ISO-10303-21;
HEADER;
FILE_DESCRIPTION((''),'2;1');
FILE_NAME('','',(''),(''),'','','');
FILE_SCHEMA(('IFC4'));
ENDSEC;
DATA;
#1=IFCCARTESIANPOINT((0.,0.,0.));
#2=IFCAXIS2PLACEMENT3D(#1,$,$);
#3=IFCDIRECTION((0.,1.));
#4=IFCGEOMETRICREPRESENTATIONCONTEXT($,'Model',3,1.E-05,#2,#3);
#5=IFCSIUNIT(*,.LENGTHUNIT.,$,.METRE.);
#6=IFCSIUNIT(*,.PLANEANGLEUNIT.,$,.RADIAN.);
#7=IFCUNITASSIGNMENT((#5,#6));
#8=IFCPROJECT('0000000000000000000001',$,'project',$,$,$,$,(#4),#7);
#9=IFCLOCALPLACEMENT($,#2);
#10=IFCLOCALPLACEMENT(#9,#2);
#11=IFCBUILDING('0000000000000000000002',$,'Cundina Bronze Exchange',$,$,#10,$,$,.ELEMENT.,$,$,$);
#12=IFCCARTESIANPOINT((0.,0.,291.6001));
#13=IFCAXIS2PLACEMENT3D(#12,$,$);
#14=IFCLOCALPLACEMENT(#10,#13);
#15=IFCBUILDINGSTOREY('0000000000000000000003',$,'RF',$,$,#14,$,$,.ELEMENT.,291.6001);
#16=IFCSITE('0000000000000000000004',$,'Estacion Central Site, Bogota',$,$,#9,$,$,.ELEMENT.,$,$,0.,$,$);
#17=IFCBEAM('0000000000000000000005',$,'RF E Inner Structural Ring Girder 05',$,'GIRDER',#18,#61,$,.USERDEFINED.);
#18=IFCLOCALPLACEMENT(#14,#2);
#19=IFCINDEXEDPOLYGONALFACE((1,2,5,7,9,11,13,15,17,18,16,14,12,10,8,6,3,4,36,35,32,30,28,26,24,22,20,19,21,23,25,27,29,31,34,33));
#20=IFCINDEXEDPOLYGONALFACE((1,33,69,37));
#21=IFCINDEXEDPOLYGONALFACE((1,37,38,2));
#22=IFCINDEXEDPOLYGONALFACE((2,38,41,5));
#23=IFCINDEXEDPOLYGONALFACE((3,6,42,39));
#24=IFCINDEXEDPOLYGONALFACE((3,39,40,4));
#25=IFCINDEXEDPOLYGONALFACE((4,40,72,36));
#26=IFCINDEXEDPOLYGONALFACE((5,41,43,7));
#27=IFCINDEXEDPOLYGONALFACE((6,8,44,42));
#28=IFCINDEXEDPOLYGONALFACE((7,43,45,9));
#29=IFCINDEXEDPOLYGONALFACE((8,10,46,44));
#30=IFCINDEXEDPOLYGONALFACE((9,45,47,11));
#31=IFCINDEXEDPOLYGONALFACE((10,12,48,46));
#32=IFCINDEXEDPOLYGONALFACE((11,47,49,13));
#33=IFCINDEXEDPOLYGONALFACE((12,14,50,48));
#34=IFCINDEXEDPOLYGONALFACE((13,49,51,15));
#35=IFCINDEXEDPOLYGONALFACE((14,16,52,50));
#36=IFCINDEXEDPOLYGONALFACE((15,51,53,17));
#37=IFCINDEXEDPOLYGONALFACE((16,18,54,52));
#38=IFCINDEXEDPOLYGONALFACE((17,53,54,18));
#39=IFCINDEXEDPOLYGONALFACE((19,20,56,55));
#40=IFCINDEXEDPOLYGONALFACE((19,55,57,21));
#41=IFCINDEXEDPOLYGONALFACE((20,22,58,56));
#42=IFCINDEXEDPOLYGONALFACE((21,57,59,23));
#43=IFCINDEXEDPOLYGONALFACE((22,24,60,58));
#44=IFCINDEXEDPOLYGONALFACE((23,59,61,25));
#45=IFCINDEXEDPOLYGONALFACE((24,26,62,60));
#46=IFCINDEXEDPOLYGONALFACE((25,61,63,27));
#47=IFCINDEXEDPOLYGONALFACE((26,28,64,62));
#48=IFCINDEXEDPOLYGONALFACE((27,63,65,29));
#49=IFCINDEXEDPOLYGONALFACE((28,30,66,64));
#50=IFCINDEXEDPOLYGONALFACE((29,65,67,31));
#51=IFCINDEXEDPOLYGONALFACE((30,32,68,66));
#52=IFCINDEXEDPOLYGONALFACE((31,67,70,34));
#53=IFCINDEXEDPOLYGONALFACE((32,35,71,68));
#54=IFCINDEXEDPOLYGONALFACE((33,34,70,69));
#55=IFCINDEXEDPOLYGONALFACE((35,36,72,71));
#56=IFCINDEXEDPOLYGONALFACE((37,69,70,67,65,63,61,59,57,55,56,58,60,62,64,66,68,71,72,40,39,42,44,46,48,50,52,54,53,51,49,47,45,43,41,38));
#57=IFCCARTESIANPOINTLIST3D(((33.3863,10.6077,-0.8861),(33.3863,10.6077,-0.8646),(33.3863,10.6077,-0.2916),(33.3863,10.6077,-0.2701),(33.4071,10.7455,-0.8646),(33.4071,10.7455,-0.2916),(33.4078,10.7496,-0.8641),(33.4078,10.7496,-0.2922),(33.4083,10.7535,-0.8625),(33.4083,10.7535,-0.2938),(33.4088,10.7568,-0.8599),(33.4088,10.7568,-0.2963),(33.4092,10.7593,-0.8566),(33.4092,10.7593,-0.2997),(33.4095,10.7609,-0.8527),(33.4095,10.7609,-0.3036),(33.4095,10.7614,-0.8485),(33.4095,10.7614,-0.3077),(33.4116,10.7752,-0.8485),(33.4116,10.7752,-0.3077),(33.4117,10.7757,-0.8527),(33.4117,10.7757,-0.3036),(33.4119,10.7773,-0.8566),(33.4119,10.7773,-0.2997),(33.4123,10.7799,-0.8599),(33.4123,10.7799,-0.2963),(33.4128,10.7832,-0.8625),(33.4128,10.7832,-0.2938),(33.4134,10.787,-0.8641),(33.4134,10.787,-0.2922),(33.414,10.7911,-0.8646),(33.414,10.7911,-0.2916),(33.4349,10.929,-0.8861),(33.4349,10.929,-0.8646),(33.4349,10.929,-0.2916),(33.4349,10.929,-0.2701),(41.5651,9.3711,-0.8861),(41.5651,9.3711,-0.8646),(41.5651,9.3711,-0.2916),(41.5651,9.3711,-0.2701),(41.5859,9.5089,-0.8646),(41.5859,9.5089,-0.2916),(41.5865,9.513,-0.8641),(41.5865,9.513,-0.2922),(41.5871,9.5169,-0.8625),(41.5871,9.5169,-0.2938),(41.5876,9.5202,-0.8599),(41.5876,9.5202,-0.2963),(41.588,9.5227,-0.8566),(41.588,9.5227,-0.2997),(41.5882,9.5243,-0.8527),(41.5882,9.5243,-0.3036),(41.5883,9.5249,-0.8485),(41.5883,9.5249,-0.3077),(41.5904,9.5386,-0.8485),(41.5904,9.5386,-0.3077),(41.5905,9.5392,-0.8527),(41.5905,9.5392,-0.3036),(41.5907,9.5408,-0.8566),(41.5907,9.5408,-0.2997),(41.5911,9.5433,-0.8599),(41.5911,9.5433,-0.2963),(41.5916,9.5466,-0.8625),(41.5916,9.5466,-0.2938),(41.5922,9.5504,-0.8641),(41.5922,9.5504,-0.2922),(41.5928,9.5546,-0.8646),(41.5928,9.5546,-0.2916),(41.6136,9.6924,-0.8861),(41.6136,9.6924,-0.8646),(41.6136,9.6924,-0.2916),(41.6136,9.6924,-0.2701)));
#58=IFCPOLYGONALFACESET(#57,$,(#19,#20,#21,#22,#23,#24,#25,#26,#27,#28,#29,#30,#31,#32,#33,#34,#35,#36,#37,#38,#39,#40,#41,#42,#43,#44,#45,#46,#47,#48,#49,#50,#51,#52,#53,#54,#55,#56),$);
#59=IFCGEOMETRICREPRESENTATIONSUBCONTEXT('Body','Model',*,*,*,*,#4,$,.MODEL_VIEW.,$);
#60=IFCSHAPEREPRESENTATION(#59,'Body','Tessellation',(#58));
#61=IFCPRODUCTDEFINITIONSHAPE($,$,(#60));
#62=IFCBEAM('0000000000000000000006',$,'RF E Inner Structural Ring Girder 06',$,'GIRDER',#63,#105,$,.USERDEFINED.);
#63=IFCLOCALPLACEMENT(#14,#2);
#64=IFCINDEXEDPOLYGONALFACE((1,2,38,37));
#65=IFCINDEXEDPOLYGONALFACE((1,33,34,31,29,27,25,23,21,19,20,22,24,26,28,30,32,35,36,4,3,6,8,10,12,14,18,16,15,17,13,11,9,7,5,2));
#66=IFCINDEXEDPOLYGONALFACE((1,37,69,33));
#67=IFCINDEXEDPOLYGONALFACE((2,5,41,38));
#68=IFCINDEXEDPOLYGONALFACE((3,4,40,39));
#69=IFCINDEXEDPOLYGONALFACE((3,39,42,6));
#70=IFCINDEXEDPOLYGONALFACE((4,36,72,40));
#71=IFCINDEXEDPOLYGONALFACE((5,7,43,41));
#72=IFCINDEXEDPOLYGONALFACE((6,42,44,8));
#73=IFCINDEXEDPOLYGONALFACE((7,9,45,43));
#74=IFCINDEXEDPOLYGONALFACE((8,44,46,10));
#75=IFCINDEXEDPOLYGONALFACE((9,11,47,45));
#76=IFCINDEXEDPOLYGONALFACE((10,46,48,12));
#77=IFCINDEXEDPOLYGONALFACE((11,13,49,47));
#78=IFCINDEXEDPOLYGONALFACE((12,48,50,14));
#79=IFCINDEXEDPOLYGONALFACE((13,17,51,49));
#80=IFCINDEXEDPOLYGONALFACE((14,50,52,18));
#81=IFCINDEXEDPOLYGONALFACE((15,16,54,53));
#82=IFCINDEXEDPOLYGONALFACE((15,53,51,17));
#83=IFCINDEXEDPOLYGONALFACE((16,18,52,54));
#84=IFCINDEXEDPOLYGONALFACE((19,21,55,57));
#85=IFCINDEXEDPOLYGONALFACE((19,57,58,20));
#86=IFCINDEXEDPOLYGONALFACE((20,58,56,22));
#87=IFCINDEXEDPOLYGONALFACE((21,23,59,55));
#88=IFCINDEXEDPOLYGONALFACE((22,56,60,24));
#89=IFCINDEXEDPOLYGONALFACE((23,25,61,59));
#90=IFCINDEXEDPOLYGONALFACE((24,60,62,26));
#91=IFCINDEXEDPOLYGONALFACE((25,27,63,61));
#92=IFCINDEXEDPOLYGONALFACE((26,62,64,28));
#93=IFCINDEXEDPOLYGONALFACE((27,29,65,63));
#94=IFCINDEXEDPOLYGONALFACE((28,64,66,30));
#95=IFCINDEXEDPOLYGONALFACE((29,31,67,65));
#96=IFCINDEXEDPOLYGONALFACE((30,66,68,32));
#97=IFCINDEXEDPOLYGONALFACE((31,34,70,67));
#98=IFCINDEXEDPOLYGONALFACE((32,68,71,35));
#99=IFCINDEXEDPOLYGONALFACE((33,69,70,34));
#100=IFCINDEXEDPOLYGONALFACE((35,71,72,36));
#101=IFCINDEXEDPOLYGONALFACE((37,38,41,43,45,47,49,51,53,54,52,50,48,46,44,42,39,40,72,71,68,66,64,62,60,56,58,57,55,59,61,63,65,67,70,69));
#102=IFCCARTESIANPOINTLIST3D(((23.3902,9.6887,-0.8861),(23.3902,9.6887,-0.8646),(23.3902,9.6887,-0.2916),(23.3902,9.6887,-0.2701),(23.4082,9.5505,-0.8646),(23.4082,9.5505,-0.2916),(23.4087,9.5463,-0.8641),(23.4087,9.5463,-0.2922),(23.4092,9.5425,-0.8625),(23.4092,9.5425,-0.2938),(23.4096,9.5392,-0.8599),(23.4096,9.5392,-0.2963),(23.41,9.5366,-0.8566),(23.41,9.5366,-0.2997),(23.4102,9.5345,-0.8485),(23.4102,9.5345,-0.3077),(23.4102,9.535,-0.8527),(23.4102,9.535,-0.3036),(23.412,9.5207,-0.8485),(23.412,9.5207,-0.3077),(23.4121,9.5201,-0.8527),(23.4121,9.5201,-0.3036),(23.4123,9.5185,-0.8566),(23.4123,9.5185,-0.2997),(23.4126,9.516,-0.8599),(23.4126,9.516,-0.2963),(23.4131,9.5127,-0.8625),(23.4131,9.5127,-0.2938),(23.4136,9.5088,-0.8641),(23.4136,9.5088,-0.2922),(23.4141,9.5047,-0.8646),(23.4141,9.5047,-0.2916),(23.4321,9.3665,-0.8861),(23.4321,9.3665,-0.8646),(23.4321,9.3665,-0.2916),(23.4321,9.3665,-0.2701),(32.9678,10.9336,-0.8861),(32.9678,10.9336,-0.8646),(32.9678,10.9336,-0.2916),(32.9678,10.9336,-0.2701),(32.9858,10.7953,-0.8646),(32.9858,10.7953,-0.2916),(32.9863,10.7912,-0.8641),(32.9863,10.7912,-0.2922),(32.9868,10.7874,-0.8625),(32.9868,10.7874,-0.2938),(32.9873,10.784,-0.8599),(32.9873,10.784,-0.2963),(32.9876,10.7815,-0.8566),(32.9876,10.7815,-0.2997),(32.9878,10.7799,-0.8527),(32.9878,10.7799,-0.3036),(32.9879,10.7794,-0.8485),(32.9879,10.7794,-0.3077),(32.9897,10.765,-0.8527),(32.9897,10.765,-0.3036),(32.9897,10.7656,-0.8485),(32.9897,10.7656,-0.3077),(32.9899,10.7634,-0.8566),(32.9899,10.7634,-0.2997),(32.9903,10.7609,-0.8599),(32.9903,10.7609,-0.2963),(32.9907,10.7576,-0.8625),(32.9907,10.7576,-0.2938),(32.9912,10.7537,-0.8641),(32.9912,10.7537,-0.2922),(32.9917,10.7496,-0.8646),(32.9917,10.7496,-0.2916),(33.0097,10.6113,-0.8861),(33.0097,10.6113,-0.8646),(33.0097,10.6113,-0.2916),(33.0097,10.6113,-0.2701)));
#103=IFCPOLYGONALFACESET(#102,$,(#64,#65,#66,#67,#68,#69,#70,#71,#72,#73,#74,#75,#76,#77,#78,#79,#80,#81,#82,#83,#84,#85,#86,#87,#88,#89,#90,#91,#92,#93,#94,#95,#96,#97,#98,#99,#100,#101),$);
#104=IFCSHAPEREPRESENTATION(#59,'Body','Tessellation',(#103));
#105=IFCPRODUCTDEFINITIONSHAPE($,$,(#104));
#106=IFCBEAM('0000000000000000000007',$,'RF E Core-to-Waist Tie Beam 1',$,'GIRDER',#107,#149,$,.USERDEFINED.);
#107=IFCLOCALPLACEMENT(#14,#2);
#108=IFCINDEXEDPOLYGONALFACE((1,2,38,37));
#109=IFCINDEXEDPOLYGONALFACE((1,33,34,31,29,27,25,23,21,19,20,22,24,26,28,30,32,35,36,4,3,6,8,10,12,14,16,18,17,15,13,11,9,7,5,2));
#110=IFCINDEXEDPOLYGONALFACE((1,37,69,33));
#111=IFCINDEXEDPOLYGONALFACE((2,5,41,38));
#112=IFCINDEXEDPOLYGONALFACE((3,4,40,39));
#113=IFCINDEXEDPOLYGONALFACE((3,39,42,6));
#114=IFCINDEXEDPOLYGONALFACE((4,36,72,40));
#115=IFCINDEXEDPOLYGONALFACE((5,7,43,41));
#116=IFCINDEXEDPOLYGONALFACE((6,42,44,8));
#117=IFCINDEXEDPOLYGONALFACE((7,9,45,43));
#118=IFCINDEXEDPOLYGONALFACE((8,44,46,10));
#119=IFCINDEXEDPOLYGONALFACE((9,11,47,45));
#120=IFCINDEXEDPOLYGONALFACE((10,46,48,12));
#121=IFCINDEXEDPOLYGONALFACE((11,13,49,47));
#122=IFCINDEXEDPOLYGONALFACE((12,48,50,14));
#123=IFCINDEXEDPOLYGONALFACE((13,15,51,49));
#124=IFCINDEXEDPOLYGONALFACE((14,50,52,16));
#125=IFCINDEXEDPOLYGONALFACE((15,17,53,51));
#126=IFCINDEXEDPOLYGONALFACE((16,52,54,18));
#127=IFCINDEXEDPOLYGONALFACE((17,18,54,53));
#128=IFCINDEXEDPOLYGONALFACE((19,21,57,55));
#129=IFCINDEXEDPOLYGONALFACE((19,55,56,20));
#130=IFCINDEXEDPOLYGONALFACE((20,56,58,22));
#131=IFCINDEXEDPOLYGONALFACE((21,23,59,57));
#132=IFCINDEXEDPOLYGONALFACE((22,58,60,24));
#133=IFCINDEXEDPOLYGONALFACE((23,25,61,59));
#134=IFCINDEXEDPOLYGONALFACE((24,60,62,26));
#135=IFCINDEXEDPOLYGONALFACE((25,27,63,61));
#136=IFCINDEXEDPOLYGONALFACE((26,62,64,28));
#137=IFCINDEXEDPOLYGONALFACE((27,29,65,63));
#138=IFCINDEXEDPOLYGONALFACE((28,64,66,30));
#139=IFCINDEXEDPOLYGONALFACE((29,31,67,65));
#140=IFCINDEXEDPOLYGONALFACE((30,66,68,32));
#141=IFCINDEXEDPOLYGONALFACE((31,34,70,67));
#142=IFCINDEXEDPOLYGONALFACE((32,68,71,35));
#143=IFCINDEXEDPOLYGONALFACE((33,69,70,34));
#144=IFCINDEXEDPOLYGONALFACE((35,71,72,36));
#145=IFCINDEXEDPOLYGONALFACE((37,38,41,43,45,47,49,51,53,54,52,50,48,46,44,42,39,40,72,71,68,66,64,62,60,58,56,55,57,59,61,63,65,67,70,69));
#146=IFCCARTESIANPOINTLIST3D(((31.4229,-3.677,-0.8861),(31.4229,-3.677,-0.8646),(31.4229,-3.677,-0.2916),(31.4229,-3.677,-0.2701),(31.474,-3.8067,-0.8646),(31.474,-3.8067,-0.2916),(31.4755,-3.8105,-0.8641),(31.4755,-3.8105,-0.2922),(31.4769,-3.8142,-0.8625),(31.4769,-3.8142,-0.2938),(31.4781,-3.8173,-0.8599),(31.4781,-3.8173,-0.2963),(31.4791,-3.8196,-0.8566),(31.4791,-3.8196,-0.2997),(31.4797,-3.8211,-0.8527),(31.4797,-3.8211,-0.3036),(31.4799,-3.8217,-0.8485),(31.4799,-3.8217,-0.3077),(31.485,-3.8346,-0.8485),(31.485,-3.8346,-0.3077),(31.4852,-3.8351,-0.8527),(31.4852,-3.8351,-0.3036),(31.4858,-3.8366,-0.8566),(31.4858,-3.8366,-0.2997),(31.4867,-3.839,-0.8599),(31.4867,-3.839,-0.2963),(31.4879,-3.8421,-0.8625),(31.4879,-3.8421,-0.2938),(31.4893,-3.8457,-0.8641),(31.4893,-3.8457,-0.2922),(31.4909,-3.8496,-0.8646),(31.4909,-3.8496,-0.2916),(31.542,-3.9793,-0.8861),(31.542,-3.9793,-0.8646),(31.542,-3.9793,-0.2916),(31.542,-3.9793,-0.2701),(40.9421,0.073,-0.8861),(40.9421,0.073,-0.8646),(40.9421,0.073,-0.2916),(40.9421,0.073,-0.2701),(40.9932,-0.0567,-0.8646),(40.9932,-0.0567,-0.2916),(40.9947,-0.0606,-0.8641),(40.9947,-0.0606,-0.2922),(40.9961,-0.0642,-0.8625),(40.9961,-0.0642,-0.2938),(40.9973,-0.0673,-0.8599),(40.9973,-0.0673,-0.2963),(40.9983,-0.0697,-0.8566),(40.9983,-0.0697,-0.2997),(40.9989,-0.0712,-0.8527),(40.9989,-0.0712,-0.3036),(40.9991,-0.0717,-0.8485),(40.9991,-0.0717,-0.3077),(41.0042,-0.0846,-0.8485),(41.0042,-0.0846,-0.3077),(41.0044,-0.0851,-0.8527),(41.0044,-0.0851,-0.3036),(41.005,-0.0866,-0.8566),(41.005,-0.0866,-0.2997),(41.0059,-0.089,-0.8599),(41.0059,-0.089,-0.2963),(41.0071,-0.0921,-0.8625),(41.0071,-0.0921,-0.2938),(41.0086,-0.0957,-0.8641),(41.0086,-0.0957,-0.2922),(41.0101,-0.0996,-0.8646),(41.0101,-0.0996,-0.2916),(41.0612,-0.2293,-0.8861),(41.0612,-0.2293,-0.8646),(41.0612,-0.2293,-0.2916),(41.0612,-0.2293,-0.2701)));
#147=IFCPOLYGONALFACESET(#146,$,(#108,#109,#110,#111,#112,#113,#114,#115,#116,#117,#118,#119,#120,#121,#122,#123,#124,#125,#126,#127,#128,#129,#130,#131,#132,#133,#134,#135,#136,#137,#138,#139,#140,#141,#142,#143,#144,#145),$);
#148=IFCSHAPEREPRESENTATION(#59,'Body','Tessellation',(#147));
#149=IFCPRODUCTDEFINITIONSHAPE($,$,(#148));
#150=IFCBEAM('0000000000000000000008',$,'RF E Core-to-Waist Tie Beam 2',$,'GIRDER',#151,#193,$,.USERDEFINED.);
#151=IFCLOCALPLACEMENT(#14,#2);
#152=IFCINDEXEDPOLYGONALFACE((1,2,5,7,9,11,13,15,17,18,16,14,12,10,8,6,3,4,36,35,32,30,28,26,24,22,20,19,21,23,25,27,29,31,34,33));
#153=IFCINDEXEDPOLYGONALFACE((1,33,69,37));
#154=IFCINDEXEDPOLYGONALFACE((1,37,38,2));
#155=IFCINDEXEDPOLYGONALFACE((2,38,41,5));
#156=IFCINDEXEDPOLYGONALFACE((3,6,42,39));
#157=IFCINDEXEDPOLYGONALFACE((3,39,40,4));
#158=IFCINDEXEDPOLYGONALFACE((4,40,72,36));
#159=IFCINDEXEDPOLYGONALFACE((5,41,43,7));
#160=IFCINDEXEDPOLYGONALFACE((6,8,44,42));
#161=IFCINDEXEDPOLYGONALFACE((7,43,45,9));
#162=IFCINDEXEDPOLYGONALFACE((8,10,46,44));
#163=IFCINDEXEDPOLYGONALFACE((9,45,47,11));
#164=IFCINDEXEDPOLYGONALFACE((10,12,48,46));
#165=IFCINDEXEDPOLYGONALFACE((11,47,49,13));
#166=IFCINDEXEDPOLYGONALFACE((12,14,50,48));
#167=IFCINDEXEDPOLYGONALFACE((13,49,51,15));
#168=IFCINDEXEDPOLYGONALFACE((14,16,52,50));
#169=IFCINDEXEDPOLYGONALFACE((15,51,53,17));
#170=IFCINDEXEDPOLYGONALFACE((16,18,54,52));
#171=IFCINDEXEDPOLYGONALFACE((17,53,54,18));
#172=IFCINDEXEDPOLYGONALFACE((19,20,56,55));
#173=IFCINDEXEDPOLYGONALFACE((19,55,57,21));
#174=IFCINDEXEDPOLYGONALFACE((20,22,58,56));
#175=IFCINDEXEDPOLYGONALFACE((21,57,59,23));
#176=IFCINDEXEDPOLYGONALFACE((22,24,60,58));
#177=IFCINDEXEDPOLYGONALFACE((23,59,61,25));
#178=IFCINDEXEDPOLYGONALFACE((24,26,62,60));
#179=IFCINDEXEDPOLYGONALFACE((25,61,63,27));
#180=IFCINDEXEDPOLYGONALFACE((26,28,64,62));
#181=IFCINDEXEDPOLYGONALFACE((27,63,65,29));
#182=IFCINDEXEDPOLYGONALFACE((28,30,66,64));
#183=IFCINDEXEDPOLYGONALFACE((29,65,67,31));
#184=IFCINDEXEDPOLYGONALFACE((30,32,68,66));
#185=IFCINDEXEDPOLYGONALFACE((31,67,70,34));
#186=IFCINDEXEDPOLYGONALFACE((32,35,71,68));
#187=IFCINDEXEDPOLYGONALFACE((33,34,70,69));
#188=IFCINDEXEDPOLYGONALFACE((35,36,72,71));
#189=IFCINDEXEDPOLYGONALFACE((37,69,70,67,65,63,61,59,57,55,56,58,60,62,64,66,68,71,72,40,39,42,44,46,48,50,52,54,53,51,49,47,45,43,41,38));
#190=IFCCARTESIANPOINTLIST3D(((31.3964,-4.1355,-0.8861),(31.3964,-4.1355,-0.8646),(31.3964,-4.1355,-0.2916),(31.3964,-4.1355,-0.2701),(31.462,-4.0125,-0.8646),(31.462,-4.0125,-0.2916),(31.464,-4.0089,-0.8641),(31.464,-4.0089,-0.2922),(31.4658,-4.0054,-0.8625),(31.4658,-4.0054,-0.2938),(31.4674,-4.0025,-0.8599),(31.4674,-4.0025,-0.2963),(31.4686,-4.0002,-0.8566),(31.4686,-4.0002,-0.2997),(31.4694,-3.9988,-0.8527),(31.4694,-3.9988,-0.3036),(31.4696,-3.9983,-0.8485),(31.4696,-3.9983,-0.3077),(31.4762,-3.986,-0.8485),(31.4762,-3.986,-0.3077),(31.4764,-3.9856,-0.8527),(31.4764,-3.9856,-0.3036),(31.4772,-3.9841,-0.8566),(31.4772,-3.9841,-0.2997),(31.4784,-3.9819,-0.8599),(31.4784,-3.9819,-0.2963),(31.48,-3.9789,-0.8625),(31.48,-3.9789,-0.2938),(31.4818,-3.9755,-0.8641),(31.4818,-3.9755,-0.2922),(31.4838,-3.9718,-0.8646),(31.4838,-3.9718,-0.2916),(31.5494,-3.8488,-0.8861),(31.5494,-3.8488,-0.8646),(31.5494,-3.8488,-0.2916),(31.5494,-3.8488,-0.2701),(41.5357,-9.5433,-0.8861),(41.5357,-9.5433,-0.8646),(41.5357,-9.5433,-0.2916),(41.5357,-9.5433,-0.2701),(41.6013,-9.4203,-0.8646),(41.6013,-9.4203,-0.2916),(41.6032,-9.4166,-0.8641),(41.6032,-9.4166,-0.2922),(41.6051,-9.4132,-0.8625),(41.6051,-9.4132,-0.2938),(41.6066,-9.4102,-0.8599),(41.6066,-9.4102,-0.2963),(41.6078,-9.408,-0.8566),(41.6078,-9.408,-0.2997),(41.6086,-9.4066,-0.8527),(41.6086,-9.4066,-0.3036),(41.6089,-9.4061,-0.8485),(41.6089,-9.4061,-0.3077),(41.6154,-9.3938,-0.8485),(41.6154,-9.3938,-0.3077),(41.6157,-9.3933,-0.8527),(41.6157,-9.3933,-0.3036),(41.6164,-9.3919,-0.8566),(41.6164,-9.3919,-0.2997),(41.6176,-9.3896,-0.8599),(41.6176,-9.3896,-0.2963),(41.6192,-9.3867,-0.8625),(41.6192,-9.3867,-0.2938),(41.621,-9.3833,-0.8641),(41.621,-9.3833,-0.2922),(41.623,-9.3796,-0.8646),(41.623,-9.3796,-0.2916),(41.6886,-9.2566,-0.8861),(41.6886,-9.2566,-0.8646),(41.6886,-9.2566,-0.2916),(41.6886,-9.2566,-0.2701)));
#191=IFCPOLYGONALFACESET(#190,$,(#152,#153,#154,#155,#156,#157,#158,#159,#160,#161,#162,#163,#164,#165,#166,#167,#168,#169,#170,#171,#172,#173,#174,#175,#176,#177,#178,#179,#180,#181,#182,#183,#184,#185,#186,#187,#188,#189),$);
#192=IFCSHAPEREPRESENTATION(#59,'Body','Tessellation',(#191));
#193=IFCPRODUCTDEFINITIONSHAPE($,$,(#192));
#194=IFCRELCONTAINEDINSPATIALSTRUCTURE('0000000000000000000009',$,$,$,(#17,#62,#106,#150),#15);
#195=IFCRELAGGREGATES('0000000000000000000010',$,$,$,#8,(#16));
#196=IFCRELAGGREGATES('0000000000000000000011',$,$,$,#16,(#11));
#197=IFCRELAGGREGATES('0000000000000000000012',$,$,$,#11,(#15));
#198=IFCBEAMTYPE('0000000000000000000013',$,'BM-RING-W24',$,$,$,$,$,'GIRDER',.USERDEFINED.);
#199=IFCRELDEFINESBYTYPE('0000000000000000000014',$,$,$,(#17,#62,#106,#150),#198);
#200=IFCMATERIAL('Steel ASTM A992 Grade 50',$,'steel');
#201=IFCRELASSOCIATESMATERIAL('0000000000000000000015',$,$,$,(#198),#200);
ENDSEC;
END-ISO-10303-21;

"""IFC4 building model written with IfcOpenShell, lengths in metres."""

from ifc_helpers import new_model, si_unit, direction, frame, origin, origin_2d, place, context, subcontext, project, spatial, i_section, extrude, material, material_profile, profile_set, type_object, element, save


model = new_model("IFC4")

# Units and contexts
model_context = context("Model", 3, precision=1e-05, world=origin(), true_north=direction((0.0, 1.0)))
body_context = subcontext(model_context, "Body", "Model", "MODEL_VIEW")
ifc_project = project(units=[si_unit("LENGTHUNIT", "METRE"), si_unit("PLANEANGLEUNIT", "RADIAN")], contexts=[model_context])

# Site, building, storey
site_placement = place(None, origin())
site = spatial("IfcSite", under=ifc_project, at=site_placement, Name="Estacion Central Site, Bogota", CompositionType="ELEMENT", RefElevation=0.0)
building_placement = place(site_placement, origin())
building = spatial("IfcBuilding", under=site, at=building_placement, Name="Cundina Bronze Exchange", CompositionType="ELEMENT")
storey_placement = place(building_placement, frame((0.0, 0.0, 291.6001)))
storey = spatial("IfcBuildingStorey", under=building, at=storey_placement, Name="RF", CompositionType="ELEMENT", Elevation=291.6001)

# Beams
ifc_material_1 = material(Name="Steel ASTM A992 Grade 50", Category="steel")
ifc_material_profile_1 = material_profile(ifc_material_1, i_section(OverallWidth=0.325, OverallDepth=0.616, WebThickness=0.0139, FlangeThickness=0.0215, FilletRadius=0.0161, at=origin_2d()), Name="W24X117", Category="steel")
ifc_profile_set_1 = profile_set([ifc_material_profile_1], Name="Steel ASTM A992 Grade 50")
beam_type_1 = type_object("IfcBeamType", Name="BM-RING-W24", ElementType="GIRDER", PredefinedType="USERDEFINED", material=ifc_profile_set_1)
beam_1_placement = place(storey_placement, frame((41.5894, 9.5317, -0.5781), z_axis=(-0.988762, 0.149495, 0.0), x_axis=(-0.149495, -0.988762, 0.0)))
element("IfcBeam", 1, at=beam_1_placement, inside=storey, type_object=beam_type_1, Name="RF E Inner Structural Ring Girder 05", ObjectType="GIRDER", PredefinedType="USERDEFINED", context=body_context, shape_type="SweptSolid", body=[
    extrude(i_section(OverallWidth=0.325, OverallDepth=0.616, WebThickness=0.0139, FlangeThickness=0.0215, FilletRadius=0.0161, at=origin_2d()), origin(), (0.0, 0.0, 1.0), 8.2717),
])
beam_2_placement = place(storey_placement, frame((32.9888, 10.7725, -0.5781), z_axis=(-0.991659, -0.128893, 0.0), x_axis=(0.128893, -0.991659, 0.0)))
element("IfcBeam", 2, at=beam_2_placement, inside=storey, type_object=beam_type_1, Name="RF E Inner Structural Ring Girder 06", ObjectType="GIRDER", PredefinedType="USERDEFINED", context=body_context, shape_type="SweptSolid", body=[
    extrude(i_section(OverallWidth=0.325, OverallDepth=0.616, WebThickness=0.0139, FlangeThickness=0.0215, FilletRadius=0.0161, at=origin_2d()), origin(), (0.0, 0.0, 1.0), 9.6582),
])
beam_3_placement = place(storey_placement, frame((31.4824, -3.8281, -0.5781), z_axis=(0.930409, 0.366523, 0.0), x_axis=(-0.366523, 0.930409, 0.0)))
element("IfcBeam", 3, at=beam_3_placement, inside=storey, type_object=beam_type_1, Name="RF E Core-to-Waist Tie Beam 1", ObjectType="GIRDER", PredefinedType="USERDEFINED", context=body_context, shape_type="SweptSolid", body=[
    extrude(i_section(OverallWidth=0.325, OverallDepth=0.616, WebThickness=0.0139, FlangeThickness=0.0215, FilletRadius=0.0161, at=origin_2d()), origin(), (0.0, 0.0, 1.0), 10.2312),
])
beam_4_placement = place(storey_placement, frame((31.4729, -3.9922, -0.5781), z_axis=(0.882347, -0.470599, 0.0), x_axis=(0.470599, 0.882347, 0.0)))
element("IfcBeam", 4, at=beam_4_placement, inside=storey, type_object=beam_type_1, Name="RF E Core-to-Waist Tie Beam 2", ObjectType="GIRDER", PredefinedType="USERDEFINED", context=body_context, shape_type="SweptSolid", body=[
    extrude(i_section(OverallWidth=0.325, OverallDepth=0.616, WebThickness=0.0139, FlangeThickness=0.0215, FilletRadius=0.0161, at=origin_2d()), origin(), (0.0, 0.0, 1.0), 11.4912),
])

save(model, "model.ifc")
